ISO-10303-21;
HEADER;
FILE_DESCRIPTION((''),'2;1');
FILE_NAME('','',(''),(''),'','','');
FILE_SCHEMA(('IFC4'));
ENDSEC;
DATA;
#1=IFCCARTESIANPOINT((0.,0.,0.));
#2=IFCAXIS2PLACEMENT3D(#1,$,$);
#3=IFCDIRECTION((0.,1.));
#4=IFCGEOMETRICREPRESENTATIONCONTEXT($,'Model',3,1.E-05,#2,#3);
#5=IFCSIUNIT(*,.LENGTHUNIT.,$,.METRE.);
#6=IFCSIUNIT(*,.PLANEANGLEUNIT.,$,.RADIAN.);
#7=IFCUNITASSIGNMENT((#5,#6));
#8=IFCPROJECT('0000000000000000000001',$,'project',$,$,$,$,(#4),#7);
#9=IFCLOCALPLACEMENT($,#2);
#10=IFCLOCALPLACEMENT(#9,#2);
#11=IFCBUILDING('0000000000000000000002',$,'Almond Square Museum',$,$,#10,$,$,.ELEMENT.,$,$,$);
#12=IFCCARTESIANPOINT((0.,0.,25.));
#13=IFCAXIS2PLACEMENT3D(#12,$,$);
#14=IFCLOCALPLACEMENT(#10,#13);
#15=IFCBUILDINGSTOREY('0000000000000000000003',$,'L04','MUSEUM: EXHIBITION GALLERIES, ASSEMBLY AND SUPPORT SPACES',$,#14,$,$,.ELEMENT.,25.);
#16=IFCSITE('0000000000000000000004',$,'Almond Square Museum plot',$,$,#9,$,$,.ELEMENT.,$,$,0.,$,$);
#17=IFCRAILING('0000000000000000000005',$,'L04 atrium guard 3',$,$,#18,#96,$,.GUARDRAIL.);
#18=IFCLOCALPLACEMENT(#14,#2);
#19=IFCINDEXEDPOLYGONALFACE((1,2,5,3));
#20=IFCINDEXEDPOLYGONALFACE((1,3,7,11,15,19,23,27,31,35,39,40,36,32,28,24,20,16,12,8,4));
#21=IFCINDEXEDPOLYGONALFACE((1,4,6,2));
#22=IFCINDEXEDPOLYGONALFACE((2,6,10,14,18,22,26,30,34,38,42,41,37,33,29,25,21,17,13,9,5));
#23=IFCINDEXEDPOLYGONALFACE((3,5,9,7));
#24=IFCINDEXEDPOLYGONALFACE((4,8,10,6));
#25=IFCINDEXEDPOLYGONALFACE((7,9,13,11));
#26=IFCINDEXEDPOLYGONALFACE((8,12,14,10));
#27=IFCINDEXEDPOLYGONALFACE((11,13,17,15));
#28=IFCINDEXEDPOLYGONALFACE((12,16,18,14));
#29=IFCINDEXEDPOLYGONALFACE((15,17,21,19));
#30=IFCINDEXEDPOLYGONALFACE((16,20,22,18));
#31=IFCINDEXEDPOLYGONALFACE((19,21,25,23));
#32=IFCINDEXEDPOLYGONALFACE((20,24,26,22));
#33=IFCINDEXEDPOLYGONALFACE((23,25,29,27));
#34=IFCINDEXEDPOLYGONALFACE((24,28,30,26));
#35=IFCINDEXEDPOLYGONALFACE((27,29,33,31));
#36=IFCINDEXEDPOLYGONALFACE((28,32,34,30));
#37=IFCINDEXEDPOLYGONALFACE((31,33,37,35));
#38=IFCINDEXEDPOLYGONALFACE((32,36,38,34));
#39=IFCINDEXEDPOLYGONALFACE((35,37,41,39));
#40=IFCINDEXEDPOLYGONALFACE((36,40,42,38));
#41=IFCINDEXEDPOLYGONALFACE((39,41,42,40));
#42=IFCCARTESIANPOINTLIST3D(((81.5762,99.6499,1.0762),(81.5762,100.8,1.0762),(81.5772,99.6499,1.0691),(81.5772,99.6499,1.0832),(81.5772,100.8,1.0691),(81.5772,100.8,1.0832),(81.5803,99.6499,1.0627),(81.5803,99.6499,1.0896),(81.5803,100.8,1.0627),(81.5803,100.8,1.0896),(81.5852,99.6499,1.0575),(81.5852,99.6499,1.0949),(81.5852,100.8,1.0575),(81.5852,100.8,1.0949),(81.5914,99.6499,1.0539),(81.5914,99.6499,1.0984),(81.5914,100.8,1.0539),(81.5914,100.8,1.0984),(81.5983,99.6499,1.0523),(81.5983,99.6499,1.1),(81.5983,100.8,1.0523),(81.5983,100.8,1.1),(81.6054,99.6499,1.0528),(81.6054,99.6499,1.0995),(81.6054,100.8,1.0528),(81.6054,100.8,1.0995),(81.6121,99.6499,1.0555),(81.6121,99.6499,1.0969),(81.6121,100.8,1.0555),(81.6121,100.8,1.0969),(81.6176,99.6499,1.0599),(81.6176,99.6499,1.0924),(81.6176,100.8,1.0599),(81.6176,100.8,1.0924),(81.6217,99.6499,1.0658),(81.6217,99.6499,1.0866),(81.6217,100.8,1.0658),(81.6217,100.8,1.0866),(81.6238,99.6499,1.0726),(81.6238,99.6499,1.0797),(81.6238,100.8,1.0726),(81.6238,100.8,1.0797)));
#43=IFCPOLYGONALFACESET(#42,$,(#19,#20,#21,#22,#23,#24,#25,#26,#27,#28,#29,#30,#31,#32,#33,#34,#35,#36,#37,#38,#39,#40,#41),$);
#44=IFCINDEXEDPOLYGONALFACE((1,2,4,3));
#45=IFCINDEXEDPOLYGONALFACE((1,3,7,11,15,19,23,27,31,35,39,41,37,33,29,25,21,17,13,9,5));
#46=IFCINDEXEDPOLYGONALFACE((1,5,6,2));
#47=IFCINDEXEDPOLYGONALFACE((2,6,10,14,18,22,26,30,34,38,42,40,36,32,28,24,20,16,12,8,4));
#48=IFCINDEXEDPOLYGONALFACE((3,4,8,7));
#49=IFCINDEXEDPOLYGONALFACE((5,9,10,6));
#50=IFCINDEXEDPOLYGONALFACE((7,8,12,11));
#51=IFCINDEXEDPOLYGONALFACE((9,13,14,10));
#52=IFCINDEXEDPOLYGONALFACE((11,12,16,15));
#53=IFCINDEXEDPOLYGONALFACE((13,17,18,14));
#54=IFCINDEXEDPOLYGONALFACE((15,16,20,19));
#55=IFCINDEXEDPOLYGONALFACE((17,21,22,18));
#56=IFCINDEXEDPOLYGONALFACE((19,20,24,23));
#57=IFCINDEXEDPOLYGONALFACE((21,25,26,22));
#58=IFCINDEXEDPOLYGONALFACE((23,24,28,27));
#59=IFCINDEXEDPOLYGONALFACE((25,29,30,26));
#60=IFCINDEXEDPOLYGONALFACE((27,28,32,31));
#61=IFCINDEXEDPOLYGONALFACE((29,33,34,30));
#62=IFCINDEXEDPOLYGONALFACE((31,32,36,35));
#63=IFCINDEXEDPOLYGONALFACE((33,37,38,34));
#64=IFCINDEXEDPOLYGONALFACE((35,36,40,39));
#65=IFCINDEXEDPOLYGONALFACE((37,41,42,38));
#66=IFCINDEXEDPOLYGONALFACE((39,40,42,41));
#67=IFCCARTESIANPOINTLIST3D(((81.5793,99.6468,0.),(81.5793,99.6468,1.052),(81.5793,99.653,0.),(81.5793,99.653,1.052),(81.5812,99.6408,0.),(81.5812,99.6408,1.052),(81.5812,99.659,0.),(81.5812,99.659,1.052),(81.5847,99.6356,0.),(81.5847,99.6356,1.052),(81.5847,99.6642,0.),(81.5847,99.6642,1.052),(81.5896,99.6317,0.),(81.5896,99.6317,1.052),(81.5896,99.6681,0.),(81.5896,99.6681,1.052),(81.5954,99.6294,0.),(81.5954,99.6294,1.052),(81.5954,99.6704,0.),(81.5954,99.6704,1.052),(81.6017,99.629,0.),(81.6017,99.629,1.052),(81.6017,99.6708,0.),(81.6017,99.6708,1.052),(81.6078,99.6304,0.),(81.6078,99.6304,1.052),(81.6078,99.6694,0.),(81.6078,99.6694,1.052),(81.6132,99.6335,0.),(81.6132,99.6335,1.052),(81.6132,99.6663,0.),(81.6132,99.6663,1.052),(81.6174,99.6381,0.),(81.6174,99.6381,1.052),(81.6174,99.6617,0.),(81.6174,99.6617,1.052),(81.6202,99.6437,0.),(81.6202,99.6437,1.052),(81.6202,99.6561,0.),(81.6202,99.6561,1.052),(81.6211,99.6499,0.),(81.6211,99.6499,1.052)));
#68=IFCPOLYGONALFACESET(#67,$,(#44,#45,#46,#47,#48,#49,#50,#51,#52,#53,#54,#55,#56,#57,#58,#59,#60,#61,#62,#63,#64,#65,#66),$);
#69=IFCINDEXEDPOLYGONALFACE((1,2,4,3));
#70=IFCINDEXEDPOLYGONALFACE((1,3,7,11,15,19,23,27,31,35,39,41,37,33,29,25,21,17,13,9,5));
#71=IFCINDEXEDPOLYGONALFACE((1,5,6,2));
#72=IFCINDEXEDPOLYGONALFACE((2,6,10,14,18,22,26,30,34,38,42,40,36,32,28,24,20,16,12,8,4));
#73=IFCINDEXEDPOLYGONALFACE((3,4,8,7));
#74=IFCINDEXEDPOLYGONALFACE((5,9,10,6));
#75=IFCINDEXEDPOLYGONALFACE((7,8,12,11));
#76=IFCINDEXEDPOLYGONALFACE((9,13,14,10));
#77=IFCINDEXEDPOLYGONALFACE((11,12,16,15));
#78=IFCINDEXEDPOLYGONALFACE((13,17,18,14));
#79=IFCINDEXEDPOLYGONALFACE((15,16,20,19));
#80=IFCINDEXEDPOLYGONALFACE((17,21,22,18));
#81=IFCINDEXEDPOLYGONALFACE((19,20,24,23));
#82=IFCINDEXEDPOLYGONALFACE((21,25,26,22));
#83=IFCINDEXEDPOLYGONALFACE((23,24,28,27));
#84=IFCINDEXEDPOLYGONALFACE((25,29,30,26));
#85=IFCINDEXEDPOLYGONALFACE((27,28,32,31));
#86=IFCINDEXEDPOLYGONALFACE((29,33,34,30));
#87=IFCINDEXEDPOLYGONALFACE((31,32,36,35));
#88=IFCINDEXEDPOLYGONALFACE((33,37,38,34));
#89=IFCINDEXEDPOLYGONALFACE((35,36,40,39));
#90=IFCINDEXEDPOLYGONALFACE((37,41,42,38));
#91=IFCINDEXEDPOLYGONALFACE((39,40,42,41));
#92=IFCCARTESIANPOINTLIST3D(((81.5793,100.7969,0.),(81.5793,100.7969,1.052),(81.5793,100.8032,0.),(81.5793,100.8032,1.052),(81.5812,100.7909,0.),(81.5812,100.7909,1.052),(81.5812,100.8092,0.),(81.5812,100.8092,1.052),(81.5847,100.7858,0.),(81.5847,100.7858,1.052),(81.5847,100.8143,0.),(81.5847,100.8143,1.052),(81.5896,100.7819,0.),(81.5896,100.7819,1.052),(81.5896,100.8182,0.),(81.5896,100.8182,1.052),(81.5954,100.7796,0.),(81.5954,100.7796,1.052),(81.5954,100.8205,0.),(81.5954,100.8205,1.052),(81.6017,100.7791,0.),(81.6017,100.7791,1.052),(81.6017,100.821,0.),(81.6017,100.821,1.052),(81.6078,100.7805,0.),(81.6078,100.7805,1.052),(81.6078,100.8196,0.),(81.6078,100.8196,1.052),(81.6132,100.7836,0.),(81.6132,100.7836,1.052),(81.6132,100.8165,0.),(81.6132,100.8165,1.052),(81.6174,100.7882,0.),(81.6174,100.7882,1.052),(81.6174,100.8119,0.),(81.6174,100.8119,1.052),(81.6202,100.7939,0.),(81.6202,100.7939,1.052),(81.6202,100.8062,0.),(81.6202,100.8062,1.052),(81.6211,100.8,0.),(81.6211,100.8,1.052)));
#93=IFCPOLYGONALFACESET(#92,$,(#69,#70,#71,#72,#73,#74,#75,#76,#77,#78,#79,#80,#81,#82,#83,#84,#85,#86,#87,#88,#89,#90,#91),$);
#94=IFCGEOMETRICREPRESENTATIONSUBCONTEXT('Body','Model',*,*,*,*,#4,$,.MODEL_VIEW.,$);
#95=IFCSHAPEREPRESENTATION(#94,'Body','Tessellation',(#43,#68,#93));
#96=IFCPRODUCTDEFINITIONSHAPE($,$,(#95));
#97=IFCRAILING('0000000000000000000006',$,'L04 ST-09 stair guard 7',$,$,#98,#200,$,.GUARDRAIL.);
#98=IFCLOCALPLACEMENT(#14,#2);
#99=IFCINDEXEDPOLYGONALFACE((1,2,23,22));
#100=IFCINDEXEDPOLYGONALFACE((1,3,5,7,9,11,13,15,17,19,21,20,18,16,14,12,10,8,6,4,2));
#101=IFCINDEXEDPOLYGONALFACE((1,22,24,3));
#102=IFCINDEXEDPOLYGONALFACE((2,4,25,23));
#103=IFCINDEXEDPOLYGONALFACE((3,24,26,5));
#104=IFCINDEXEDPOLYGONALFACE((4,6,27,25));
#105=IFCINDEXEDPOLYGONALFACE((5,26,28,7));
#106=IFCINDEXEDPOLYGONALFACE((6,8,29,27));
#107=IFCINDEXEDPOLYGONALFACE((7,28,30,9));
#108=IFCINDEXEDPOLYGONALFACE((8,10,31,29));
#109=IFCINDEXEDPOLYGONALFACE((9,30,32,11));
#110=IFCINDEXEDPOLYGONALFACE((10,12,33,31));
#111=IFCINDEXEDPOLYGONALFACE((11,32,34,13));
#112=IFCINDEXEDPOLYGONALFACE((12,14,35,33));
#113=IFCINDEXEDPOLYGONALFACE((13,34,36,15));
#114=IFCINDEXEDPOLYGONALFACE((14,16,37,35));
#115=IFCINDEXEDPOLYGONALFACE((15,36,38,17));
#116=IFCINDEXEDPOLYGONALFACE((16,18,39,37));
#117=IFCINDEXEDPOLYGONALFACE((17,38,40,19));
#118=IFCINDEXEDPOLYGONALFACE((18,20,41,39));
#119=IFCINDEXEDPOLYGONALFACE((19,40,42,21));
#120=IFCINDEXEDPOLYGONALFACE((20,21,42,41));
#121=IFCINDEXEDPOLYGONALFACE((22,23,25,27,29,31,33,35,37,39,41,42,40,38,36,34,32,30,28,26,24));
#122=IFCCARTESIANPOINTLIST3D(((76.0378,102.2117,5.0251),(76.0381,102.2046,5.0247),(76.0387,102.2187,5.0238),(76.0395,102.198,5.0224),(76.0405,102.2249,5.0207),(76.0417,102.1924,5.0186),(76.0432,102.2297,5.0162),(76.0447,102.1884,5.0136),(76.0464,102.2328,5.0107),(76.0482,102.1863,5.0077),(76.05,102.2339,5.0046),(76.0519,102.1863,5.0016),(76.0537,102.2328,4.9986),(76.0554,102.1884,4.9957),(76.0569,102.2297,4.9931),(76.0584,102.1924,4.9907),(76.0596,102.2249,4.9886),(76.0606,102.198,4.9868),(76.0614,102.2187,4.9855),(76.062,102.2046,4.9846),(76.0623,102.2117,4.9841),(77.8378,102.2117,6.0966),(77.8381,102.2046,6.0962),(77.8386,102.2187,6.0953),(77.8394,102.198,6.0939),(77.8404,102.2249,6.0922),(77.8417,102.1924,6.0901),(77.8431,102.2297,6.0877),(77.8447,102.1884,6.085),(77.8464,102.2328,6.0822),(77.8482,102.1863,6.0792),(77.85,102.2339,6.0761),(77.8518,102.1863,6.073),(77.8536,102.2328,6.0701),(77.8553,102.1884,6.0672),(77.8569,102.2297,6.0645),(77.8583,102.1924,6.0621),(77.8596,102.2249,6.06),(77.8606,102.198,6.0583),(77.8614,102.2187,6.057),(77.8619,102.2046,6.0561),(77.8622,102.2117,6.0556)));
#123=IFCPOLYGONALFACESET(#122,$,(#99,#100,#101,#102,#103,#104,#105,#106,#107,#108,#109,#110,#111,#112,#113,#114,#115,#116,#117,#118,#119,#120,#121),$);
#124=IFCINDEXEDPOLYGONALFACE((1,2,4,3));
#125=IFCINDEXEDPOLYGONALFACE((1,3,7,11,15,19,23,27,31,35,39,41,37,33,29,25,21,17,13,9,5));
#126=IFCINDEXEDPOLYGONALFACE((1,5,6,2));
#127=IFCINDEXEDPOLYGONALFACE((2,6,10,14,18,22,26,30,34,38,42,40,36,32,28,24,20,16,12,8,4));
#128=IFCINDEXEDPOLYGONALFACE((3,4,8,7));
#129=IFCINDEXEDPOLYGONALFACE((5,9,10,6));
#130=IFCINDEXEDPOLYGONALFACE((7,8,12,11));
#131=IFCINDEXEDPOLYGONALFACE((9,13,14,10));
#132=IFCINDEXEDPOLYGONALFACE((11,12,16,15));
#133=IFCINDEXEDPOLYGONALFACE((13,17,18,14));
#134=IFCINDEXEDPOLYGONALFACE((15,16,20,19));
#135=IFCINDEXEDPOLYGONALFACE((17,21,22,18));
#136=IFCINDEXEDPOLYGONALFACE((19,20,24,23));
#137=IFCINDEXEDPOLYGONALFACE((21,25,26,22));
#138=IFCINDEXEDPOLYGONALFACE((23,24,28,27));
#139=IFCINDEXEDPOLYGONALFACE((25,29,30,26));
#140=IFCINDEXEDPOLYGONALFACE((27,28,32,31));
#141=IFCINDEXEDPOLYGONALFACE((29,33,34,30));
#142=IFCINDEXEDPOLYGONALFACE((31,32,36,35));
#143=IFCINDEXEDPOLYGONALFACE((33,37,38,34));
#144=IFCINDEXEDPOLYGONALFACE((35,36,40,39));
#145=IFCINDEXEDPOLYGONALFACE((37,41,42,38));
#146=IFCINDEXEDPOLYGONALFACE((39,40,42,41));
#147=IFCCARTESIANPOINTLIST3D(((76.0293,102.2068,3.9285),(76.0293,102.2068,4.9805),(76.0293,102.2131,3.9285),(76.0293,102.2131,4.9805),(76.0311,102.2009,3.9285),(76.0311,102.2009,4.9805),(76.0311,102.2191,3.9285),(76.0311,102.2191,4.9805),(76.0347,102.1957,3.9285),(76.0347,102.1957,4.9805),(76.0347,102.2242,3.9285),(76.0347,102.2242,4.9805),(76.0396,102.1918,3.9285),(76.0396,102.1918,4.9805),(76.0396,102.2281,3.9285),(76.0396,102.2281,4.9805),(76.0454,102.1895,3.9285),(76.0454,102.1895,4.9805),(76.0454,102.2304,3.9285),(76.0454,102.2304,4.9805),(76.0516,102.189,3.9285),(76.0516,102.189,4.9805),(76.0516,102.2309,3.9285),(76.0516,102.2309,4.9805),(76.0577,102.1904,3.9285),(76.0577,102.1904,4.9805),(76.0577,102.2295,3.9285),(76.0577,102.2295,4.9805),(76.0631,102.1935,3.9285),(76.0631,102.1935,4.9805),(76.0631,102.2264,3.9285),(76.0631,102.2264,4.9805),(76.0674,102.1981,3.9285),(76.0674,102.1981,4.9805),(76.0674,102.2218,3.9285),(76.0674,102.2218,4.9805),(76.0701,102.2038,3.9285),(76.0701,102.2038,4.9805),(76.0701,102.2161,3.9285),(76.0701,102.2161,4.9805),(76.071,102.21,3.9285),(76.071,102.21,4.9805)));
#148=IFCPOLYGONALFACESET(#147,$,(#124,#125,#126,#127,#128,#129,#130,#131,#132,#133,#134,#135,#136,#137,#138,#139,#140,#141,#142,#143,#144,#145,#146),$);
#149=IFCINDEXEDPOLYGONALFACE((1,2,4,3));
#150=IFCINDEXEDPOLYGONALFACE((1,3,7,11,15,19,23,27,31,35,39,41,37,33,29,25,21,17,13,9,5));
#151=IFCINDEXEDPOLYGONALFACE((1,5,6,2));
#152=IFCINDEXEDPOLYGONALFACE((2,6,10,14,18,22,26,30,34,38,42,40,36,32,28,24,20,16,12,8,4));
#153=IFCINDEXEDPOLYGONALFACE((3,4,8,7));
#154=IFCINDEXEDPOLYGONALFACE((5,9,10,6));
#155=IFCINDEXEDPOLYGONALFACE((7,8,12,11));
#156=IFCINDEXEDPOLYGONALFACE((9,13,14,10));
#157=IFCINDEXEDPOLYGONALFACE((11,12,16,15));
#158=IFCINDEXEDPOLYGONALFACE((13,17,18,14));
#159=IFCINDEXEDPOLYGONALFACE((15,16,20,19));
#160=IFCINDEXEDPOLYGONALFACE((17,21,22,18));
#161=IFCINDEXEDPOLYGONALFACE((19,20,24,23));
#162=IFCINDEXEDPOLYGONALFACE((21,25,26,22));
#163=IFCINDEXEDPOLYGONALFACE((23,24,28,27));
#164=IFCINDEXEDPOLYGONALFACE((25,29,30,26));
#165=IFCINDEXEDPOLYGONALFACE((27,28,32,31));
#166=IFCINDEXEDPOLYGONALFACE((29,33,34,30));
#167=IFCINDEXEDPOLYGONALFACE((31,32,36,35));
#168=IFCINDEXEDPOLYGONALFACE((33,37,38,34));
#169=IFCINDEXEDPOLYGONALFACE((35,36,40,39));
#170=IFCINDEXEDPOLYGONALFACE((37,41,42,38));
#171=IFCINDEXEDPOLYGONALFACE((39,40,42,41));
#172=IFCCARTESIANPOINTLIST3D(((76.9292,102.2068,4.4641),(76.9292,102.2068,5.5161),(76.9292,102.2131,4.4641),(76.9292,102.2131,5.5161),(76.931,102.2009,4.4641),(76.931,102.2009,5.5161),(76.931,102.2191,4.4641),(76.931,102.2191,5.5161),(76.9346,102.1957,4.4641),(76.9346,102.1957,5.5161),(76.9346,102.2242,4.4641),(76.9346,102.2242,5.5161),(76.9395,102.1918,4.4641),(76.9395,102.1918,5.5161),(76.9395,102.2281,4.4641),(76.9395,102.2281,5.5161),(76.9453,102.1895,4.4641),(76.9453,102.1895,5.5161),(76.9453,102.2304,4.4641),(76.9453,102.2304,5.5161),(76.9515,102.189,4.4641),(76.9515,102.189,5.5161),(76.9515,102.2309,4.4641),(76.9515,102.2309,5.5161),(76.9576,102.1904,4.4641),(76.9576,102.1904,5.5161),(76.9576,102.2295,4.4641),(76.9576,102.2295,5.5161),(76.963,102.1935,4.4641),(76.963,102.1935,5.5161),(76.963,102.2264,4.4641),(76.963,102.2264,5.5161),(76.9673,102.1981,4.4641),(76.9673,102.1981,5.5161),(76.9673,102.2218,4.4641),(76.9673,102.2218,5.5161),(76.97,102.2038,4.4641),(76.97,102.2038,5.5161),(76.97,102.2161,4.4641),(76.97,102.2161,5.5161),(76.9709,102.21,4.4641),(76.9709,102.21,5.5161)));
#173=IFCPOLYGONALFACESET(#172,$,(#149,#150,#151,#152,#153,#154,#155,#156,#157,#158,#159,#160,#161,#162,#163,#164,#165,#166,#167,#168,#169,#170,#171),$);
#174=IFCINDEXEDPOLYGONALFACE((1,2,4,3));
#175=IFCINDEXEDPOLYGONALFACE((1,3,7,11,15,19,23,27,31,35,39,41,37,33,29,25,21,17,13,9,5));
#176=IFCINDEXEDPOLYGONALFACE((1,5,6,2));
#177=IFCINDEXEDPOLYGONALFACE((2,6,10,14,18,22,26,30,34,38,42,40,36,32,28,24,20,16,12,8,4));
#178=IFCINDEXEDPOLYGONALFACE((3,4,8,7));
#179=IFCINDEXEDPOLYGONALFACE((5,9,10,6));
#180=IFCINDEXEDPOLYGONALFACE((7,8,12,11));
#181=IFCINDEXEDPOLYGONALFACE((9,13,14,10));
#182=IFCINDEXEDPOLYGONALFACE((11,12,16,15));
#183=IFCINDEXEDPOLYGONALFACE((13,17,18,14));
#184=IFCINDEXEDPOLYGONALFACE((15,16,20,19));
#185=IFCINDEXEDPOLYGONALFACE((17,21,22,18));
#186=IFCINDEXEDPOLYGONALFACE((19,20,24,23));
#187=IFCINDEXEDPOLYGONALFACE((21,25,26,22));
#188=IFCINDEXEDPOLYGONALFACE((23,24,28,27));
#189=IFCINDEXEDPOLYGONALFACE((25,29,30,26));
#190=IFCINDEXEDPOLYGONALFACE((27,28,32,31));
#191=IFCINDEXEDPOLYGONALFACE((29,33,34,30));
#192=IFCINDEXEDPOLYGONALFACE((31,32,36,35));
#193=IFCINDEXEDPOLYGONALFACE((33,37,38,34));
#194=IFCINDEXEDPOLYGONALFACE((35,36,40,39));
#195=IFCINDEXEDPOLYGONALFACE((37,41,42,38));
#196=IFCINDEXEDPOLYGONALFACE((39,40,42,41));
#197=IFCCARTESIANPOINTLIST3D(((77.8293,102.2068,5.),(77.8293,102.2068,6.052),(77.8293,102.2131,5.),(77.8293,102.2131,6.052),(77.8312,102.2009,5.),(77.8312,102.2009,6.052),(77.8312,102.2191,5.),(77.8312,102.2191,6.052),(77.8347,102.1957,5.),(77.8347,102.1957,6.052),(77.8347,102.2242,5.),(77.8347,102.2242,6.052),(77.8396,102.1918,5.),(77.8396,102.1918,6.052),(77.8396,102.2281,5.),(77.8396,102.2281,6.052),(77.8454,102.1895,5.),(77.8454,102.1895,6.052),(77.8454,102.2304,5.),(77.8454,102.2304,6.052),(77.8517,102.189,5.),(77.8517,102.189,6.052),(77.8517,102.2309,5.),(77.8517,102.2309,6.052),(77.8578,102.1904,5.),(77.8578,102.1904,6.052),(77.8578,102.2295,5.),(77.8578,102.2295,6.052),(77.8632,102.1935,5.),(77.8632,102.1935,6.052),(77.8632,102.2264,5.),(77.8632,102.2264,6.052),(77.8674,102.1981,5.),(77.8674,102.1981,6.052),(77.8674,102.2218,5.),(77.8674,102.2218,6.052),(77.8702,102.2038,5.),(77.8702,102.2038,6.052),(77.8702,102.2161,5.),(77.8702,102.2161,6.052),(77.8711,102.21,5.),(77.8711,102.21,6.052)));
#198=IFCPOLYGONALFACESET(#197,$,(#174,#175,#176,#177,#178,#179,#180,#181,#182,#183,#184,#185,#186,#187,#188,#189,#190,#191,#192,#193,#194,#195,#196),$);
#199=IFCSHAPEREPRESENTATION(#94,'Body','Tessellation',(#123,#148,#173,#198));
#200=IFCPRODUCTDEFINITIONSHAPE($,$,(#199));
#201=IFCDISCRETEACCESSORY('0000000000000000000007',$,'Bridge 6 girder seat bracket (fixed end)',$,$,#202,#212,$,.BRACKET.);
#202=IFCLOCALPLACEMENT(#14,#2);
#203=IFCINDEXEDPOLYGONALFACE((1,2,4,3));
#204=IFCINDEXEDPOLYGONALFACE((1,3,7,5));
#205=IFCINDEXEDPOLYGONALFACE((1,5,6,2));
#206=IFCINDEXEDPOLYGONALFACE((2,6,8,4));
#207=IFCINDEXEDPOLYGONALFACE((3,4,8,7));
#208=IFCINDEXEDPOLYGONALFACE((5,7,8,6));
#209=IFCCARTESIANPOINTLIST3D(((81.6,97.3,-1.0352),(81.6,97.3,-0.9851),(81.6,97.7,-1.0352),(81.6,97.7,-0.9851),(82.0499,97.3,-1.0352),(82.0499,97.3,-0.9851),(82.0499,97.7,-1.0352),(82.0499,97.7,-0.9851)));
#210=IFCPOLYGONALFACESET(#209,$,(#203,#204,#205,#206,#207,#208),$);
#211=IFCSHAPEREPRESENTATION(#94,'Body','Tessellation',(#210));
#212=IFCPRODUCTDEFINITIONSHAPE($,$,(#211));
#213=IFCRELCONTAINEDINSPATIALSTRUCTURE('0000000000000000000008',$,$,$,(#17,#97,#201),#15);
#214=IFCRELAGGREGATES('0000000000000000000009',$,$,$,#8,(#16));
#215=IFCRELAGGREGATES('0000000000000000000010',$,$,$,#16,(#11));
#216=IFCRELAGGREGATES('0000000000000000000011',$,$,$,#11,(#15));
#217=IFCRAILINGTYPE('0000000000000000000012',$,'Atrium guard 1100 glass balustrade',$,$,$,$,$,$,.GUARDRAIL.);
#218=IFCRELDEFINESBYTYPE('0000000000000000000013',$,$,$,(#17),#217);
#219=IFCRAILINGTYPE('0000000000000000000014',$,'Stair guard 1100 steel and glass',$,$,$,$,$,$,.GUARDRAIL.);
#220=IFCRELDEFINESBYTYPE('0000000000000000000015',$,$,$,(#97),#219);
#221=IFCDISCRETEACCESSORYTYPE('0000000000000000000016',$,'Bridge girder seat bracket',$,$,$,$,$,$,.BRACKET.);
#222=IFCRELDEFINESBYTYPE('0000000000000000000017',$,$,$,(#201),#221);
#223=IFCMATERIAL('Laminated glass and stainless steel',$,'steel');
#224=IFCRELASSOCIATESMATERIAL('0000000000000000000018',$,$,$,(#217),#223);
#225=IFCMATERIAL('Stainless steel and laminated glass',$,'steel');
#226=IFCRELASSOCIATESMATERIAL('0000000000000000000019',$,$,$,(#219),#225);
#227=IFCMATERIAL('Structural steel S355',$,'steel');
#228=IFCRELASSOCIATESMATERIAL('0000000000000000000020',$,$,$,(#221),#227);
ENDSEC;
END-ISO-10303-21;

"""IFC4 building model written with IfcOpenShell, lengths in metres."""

from ifc_helpers import new_model, si_unit, direction, frame, origin, origin_2d, place, context, subcontext, project, spatial, rectangle, circle, extrude, material, type_object, element, save


model = new_model("IFC4")

# Units and contexts
model_context = context("Model", 3, precision=1e-05, world=origin(), true_north=direction((0.0, 1.0)))
body_context = subcontext(model_context, "Body", "Model", "MODEL_VIEW")
ifc_project = project(units=[si_unit("LENGTHUNIT", "METRE"), si_unit("PLANEANGLEUNIT", "RADIAN")], contexts=[model_context])

# Site, building, storey
site_placement = place(None, origin())
site = spatial("IfcSite", under=ifc_project, at=site_placement, Name="Almond Square Museum plot", CompositionType="ELEMENT", RefElevation=0.0)
building_placement = place(site_placement, origin())
building = spatial("IfcBuilding", under=site, at=building_placement, Name="Almond Square Museum", CompositionType="ELEMENT")
storey_placement = place(building_placement, frame((0.0, 0.0, 25.0)))
storey = spatial("IfcBuildingStorey", under=building, at=storey_placement, Name="L04", Description="MUSEUM: EXHIBITION GALLERIES, ASSEMBLY AND SUPPORT SPACES", CompositionType="ELEMENT", Elevation=25.0)

# Railings
ifc_material_1 = material(Name="Laminated glass and stainless steel", Category="steel")
railing_type_1 = type_object("IfcRailingType", Name="Atrium guard 1100 glass balustrade", PredefinedType="GUARDRAIL", material=ifc_material_1)
railing_1_placement = place(storey_placement, frame((81.6001, 99.6499, 0.0)))
element("IfcRailing", 1, at=railing_1_placement, inside=storey, type_object=railing_type_1, Name="L04 atrium guard 3", PredefinedType="GUARDRAIL", context=body_context, shape_type="SweptSolid", body=[
    extrude(circle(Radius=0.0239, at=origin_2d()), frame((0.0, 0.0, 1.0762), z_axis=(0.0, 1.0, 0.0), x_axis=(-1.0, 0.0, 0.0)), (0.0, 0.0, 1.0), 1.1501),
    extrude(circle(Radius=0.021, at=origin_2d()), origin(), (0.0, 0.0, 1.0), 1.052),
    extrude(circle(Radius=0.021, at=origin_2d()), frame((0.0, 1.1501, 0.0)), (0.0, 0.0, 1.0), 1.052),
])
ifc_material_2 = material(Name="Stainless steel and laminated glass", Category="steel")
railing_type_2 = type_object("IfcRailingType", Name="Stair guard 1100 steel and glass", PredefinedType="GUARDRAIL", material=ifc_material_2)
railing_2_placement = place(storey_placement, frame((76.05, 102.21, 3.9285)))
element("IfcRailing", 2, at=railing_2_placement, inside=storey, type_object=railing_type_2, Name="L04 ST-09 stair guard 7", PredefinedType="GUARDRAIL", context=body_context, shape_type="SweptSolid", body=[
    extrude(circle(Radius=0.0239, at=origin_2d()), frame((0.0, 0.0, 1.0762), z_axis=(0.859277, 0.0, 0.51151), x_axis=(0.0, 1.0, 0.0)), (0.0, 0.0, 1.0), 2.0947),
    extrude(circle(Radius=0.021, at=origin_2d()), origin(), (0.0, 0.0, 1.0), 1.052),
    extrude(circle(Radius=0.021, at=origin_2d()), frame((0.8999, 0.0, 0.5356)), (0.0, 0.0, 1.0), 1.052),
    extrude(circle(Radius=0.021, at=origin_2d()), frame((1.8, 0.0, 1.0715)), (0.0, 0.0, 1.0), 1.052),
])

# Discrete accessory
ifc_material_3 = material(Name="Structural steel S355", Category="steel")
discrete_accessory_type = type_object("IfcDiscreteAccessoryType", Name="Bridge girder seat bracket", PredefinedType="BRACKET", material=ifc_material_3)
for number, where, z_axis, x_axis, name in (
    (3, (81.825, 97.5, -1.0352), (0.0, 0.0, 1.0), (1.0, 0.0, 0.0), "Bridge 6 girder seat bracket (fixed end)"),
):
    element("IfcDiscreteAccessory", number, at=place(storey_placement, frame(where, z_axis=z_axis, x_axis=x_axis)), inside=storey, type_object=discrete_accessory_type, Name=name, PredefinedType="BRACKET", context=body_context, shape_type="SweptSolid", body=[
        extrude(rectangle(XDim=0.45, YDim=0.3999, at=origin_2d()), origin(), (0.0, 0.0, 1.0), 0.05),
    ])

save(model, "model.ifc")
